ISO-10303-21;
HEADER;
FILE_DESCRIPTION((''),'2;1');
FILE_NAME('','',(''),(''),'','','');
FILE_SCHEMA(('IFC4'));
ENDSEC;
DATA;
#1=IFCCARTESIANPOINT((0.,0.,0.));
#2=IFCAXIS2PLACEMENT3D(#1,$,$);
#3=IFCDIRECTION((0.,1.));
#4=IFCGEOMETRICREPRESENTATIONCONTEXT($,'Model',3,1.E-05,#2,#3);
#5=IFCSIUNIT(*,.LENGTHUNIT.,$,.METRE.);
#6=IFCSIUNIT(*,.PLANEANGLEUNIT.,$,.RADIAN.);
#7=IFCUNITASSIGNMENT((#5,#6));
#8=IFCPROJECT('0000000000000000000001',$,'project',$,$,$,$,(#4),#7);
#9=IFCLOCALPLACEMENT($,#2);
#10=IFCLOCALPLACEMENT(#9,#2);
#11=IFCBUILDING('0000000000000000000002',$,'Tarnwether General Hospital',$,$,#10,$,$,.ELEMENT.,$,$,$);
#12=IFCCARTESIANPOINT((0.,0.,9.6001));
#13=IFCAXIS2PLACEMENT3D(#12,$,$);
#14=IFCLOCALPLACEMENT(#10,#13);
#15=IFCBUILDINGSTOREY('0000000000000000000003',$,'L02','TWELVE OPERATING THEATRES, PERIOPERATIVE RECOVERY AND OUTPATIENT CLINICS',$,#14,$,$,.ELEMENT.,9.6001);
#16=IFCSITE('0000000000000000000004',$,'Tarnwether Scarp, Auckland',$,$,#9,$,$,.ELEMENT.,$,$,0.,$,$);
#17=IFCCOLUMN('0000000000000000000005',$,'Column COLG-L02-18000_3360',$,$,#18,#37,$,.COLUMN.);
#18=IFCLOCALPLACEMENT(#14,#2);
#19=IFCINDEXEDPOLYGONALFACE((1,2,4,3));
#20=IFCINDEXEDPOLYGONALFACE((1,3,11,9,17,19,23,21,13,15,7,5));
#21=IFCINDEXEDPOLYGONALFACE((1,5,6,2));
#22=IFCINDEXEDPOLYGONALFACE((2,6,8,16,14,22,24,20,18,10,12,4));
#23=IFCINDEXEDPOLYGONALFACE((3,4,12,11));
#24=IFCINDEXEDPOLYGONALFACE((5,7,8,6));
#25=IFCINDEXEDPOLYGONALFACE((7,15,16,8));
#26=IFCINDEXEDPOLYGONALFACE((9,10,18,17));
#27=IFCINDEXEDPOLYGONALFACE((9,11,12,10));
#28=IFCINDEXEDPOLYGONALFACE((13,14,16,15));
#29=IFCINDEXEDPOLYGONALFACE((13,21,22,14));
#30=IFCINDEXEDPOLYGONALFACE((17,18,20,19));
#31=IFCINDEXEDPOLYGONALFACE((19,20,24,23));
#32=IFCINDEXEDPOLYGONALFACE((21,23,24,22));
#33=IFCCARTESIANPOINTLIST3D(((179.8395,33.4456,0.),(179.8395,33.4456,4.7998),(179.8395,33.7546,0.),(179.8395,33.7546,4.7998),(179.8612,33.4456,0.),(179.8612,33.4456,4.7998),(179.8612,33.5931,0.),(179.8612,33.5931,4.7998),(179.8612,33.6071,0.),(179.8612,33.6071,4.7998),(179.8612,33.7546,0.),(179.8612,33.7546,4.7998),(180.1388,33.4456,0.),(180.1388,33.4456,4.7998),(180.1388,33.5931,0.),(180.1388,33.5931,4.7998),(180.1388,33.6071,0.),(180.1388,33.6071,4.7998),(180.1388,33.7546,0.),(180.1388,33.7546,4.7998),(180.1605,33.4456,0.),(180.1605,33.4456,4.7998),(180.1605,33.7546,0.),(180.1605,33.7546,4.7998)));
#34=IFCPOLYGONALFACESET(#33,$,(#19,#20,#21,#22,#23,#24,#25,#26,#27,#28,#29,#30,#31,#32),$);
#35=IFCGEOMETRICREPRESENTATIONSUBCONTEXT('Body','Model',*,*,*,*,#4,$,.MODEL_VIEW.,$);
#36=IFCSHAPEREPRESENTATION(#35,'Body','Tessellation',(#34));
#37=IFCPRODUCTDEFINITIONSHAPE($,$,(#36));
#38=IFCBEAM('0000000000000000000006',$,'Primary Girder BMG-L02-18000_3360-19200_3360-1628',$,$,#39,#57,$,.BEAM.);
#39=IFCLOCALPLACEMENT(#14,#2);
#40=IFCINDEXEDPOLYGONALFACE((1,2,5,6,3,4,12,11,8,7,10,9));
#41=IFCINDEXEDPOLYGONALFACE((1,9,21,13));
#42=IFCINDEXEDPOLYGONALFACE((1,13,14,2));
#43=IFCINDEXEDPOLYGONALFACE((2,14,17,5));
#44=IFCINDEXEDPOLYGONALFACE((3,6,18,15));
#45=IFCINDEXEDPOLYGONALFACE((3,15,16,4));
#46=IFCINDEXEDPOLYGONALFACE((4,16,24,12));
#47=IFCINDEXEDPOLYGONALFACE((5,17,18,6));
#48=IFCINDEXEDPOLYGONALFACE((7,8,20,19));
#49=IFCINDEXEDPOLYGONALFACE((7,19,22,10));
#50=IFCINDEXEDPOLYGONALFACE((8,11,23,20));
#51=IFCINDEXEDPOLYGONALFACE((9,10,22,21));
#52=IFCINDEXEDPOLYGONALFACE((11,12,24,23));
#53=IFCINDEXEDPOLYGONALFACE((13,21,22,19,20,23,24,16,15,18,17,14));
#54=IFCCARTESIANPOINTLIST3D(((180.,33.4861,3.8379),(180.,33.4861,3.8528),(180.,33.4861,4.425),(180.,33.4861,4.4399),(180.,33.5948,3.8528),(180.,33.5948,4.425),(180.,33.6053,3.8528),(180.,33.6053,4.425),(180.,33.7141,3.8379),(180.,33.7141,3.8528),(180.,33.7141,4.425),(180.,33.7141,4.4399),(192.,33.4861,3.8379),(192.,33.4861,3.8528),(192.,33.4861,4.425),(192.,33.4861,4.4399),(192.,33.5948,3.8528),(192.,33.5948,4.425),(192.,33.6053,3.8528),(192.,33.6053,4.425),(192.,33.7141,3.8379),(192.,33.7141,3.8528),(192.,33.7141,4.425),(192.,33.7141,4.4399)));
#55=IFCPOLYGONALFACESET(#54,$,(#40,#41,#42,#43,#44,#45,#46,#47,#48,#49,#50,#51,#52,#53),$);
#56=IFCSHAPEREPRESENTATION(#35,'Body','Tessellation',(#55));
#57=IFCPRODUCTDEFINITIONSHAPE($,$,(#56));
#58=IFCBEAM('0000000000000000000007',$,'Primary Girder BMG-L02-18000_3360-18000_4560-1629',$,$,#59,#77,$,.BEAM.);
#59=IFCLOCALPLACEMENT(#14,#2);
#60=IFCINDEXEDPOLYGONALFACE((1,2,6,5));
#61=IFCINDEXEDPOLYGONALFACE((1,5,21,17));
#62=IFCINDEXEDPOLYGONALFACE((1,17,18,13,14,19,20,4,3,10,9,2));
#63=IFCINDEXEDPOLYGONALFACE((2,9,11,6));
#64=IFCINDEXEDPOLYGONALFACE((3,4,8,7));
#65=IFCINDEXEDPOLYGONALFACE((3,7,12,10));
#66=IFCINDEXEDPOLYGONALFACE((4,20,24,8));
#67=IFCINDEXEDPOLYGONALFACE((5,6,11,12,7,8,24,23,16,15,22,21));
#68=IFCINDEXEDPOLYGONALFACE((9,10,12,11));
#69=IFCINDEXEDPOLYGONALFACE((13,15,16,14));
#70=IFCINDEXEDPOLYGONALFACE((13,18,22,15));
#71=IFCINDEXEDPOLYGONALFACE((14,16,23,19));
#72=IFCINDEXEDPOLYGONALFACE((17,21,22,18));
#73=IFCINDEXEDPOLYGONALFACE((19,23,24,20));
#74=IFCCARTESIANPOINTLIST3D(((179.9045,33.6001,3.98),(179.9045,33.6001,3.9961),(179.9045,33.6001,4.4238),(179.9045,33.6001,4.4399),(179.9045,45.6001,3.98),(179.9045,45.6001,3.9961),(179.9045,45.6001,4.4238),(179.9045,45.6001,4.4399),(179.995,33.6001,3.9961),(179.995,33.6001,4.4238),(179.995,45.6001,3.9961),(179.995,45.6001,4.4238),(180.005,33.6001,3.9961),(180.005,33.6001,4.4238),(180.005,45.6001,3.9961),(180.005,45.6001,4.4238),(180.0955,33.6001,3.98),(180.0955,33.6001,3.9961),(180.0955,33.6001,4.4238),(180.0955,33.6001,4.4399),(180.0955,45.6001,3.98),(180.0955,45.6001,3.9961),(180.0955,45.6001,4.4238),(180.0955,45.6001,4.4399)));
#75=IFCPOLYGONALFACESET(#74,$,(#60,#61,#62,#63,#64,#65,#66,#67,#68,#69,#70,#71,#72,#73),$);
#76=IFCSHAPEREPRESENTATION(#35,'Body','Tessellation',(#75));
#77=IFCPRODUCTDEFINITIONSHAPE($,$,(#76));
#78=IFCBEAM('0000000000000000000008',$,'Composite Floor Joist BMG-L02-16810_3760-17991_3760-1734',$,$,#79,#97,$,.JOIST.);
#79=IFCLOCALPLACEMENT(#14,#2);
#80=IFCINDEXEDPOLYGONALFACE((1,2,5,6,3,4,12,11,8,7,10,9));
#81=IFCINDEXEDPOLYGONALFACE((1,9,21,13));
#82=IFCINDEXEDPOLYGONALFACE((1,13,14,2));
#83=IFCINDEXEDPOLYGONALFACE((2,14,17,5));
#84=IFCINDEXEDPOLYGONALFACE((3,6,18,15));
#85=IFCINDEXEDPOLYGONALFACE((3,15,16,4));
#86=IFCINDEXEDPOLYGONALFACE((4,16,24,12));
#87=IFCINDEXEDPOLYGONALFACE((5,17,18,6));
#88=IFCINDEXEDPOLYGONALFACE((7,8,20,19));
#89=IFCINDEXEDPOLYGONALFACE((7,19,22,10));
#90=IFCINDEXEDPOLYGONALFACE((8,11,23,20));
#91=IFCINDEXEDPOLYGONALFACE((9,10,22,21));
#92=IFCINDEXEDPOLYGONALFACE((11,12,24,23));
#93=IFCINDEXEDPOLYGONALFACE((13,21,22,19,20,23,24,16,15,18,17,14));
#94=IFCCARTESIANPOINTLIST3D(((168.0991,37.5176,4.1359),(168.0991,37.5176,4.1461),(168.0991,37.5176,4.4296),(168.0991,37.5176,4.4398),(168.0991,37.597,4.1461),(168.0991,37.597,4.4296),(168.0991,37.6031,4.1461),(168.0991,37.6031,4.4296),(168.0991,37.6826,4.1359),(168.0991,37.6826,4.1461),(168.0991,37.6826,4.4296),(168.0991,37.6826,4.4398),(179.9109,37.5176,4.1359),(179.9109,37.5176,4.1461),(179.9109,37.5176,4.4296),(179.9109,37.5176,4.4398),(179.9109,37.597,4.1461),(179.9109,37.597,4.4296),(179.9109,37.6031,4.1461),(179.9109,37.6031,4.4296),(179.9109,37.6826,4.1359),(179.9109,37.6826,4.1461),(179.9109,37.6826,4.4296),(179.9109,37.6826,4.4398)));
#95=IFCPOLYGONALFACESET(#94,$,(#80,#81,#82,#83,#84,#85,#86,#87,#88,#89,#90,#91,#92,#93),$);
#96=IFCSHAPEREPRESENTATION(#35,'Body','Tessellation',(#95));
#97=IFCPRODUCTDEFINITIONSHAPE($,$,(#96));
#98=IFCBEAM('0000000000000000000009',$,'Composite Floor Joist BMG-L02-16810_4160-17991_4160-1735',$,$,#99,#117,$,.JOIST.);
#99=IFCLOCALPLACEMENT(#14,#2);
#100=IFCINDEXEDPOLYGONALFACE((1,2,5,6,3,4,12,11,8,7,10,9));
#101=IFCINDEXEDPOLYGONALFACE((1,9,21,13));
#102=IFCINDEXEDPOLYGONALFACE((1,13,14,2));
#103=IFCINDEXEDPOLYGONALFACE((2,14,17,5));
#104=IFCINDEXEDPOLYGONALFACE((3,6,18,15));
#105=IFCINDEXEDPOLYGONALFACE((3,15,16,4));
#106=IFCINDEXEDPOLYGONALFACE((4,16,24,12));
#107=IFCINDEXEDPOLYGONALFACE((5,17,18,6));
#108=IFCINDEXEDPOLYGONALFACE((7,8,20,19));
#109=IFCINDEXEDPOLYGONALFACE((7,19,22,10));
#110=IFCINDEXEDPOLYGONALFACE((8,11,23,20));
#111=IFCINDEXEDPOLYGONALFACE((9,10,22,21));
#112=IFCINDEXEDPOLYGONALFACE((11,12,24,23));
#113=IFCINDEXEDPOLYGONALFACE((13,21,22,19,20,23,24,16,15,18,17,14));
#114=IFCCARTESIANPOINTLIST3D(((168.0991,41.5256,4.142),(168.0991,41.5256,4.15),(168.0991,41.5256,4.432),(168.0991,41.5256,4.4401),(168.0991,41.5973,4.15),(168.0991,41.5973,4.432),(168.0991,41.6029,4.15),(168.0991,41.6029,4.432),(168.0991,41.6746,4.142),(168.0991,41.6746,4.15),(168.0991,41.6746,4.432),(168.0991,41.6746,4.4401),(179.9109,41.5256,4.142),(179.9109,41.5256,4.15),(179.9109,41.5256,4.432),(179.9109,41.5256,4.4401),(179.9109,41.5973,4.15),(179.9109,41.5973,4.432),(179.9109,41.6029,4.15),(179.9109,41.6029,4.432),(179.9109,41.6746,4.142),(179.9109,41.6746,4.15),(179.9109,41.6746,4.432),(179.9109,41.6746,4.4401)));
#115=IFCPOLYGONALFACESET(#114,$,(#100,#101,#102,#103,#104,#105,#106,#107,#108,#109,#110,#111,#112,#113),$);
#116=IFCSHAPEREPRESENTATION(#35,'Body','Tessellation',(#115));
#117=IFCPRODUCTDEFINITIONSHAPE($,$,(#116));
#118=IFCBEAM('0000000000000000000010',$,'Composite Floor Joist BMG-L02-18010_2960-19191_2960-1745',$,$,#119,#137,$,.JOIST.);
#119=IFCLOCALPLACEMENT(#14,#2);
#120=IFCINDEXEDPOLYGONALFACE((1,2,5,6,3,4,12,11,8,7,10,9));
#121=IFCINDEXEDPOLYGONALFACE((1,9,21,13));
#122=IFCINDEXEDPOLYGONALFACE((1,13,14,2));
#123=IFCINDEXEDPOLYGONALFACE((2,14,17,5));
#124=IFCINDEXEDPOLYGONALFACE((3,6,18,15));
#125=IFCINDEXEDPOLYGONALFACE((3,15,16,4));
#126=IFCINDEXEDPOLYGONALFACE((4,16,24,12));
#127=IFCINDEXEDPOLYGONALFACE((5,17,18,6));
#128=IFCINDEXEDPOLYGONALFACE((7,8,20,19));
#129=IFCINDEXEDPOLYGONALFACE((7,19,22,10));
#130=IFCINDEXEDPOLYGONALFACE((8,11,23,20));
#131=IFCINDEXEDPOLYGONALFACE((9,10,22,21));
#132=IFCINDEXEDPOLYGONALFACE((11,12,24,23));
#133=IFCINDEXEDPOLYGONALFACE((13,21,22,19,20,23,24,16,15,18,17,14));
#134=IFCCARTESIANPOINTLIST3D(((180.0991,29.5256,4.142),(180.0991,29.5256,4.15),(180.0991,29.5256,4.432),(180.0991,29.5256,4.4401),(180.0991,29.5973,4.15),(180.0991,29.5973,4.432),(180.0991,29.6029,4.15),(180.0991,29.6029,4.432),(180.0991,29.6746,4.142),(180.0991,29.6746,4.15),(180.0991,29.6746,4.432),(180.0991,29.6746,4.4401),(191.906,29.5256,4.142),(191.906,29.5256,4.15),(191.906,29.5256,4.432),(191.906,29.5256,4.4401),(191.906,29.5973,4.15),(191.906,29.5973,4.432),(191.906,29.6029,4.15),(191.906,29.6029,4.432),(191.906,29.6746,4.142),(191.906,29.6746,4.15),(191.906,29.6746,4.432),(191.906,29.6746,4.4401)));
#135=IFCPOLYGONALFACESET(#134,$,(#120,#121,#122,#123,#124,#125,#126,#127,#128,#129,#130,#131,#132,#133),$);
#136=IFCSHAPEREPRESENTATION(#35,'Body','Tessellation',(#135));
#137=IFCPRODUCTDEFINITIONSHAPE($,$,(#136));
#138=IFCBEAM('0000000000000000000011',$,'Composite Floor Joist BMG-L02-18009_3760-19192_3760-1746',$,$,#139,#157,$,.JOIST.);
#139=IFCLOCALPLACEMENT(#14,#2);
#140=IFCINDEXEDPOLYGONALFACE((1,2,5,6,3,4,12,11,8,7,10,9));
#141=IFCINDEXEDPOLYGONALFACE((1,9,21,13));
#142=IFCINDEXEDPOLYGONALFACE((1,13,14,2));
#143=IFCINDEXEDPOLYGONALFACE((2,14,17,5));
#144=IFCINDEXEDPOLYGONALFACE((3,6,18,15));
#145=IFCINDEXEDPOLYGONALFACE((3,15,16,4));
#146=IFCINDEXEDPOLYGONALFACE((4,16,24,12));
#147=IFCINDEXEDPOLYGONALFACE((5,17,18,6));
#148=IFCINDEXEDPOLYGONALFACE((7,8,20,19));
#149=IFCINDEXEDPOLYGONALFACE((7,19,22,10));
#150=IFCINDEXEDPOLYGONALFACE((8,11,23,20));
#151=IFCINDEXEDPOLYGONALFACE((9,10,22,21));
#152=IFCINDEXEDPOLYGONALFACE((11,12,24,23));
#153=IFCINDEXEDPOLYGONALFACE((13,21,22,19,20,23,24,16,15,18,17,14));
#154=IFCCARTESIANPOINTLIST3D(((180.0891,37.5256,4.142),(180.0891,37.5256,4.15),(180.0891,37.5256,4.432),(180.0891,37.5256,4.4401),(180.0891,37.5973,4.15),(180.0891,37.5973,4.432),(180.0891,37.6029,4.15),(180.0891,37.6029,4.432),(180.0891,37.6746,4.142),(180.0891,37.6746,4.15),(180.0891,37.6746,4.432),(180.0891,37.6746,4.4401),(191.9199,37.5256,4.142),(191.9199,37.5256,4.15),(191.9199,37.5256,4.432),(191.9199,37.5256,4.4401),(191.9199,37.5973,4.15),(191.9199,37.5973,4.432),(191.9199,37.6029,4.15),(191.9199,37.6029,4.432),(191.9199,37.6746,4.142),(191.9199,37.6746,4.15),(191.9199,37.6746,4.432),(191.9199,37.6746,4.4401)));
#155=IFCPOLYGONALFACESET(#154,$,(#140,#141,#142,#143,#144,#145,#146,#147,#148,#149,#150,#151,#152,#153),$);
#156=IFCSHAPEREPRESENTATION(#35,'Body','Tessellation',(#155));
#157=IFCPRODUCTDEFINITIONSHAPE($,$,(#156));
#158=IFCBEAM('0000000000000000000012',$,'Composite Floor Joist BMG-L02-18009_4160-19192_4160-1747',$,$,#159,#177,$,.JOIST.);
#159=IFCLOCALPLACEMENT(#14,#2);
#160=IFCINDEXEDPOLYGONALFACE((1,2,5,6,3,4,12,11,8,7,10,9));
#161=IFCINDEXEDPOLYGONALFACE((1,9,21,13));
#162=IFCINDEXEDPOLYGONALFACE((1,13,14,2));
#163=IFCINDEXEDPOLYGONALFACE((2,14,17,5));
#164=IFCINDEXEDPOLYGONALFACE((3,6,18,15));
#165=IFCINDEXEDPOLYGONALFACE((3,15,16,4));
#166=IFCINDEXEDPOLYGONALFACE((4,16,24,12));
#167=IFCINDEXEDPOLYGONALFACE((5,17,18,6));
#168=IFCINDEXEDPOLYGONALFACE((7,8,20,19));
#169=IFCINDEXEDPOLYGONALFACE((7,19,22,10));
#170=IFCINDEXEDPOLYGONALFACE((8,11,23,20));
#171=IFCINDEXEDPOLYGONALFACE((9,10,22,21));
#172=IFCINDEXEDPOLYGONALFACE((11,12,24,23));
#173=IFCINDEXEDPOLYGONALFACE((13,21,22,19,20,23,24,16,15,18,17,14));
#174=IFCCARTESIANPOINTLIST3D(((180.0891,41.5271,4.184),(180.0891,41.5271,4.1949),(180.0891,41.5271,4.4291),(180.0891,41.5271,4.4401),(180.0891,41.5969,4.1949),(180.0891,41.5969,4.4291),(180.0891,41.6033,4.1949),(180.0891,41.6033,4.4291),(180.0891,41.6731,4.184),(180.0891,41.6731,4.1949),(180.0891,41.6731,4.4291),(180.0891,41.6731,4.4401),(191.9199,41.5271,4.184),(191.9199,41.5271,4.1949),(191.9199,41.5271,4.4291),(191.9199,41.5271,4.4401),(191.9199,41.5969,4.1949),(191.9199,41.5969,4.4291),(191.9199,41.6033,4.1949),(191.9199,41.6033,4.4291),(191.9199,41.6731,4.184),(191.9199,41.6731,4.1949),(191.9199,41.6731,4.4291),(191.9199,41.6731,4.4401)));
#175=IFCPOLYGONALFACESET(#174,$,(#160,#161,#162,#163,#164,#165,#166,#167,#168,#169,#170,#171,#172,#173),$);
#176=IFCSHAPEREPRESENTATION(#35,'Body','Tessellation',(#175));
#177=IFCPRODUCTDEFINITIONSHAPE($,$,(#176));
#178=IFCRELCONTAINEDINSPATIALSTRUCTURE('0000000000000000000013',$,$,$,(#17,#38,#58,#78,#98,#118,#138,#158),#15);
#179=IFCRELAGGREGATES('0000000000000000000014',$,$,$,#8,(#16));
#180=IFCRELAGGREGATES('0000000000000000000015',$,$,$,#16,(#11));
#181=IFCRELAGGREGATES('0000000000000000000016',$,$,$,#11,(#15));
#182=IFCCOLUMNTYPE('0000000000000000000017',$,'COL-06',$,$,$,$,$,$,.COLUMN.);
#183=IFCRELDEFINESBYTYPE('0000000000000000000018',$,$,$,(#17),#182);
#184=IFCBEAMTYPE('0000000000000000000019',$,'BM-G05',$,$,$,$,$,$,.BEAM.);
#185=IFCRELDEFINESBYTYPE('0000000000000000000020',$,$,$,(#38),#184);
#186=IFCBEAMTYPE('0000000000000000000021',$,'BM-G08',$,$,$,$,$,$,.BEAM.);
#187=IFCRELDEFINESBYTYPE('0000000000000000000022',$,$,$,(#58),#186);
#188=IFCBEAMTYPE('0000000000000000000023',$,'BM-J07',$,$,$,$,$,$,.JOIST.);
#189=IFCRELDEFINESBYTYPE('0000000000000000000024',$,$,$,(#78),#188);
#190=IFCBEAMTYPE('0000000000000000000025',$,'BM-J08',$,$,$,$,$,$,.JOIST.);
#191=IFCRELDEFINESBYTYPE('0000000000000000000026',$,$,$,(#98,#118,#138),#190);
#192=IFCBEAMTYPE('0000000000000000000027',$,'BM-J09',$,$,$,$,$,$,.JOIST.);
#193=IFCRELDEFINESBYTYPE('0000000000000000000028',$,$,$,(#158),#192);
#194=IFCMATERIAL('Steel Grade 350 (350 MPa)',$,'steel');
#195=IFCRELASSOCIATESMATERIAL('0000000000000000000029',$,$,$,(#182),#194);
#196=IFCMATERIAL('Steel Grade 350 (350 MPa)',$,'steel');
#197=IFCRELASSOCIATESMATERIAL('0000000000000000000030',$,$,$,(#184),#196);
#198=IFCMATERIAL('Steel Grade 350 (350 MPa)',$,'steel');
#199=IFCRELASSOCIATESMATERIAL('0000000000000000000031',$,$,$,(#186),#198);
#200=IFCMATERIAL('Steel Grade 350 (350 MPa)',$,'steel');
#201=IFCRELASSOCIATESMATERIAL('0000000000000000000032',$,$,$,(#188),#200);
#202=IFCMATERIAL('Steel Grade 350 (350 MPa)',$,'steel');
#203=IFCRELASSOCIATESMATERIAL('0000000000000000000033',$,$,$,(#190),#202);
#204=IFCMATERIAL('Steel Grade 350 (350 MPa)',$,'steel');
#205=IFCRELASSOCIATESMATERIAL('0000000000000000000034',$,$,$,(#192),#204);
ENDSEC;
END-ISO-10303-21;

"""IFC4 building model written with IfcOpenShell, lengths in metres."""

from ifc_helpers import new_model, si_unit, direction, frame, origin, origin_2d, place, context, subcontext, project, spatial, i_section, extrude, material, material_profile, profile_set, type_object, element, save


model = new_model("IFC4")

# Units and contexts
model_context = context("Model", 3, precision=1e-05, world=origin(), true_north=direction((0.0, 1.0)))
body_context = subcontext(model_context, "Body", "Model", "MODEL_VIEW")
ifc_project = project(units=[si_unit("LENGTHUNIT", "METRE"), si_unit("PLANEANGLEUNIT", "RADIAN")], contexts=[model_context])

# Site, building, storey
site_placement = place(None, origin())
site = spatial("IfcSite", under=ifc_project, at=site_placement, Name="Tarnwether Scarp, Auckland", CompositionType="ELEMENT", RefElevation=0.0)
building_placement = place(site_placement, origin())
building = spatial("IfcBuilding", under=site, at=building_placement, Name="Tarnwether General Hospital", CompositionType="ELEMENT")
storey_placement = place(building_placement, frame((0.0, 0.0, 9.6001)))
storey = spatial("IfcBuildingStorey", under=building, at=storey_placement, Name="L02", Description="TWELVE OPERATING THEATRES, PERIOPERATIVE RECOVERY AND OUTPATIENT CLINICS", CompositionType="ELEMENT", Elevation=9.6001)

# Column
ifc_material_1 = material(Name="Steel Grade 350 (350 MPa)", Category="steel")
ifc_material_profile_1 = material_profile(ifc_material_1, i_section(OverallWidth=0.3091, OverallDepth=0.321, WebThickness=0.0139, FlangeThickness=0.0217, at=origin_2d()), Name="310UC137")
ifc_profile_set_1 = profile_set([ifc_material_profile_1], Name="Steel Grade 350 (350 MPa)")
column_type = type_object("IfcColumnType", Name="COL-06", PredefinedType="COLUMN", material=ifc_profile_set_1)
column_placement = place(storey_placement, frame((180.0, 33.6001, 0.0), z_axis=(0.0, 0.0, 1.0), x_axis=(0.0, 1.0, 0.0)))
element("IfcColumn", 1, at=column_placement, inside=storey, type_object=column_type, Name="Column COLG-L02-18000_3360", PredefinedType="COLUMN", context=body_context, shape_type="SweptSolid", body=[
    extrude(i_section(OverallWidth=0.3091, OverallDepth=0.321, WebThickness=0.0139, FlangeThickness=0.0217, at=origin_2d()), origin(), (0.0, 0.0, 1.0), 4.7998),
])

# Beams
ifc_material_2 = material(Name="Steel Grade 350 (350 MPa)", Category="steel")
ifc_material_profile_2 = material_profile(ifc_material_2, i_section(OverallWidth=0.228, OverallDepth=0.6021, WebThickness=0.0105, FlangeThickness=0.0149, at=origin_2d()), Name="610UB101")
ifc_profile_set_2 = profile_set([ifc_material_profile_2], Name="Steel Grade 350 (350 MPa)")
beam_type_1 = type_object("IfcBeamType", Name="BM-G05", PredefinedType="BEAM", material=ifc_profile_set_2)
beam_1_placement = place(storey_placement, frame((180.0, 33.6001, 4.1389), z_axis=(1.0, 0.0, 0.0), x_axis=(0.0, 1.0, 0.0)))
element("IfcBeam", 2, at=beam_1_placement, inside=storey, type_object=beam_type_1, Name="Primary Girder BMG-L02-18000_3360-19200_3360-1628", PredefinedType="BEAM", context=body_context, shape_type="SweptSolid", body=[
    extrude(i_section(OverallWidth=0.228, OverallDepth=0.6021, WebThickness=0.0105, FlangeThickness=0.0149, at=origin_2d()), origin(), (0.0, 0.0, 1.0), 12.0),
])
ifc_material_3 = material(Name="Steel Grade 350 (350 MPa)", Category="steel")
ifc_material_profile_3 = material_profile(ifc_material_3, i_section(OverallWidth=0.1909, OverallDepth=0.46, WebThickness=0.01, FlangeThickness=0.0161, at=origin_2d()), Name="460UB82.1")
ifc_profile_set_3 = profile_set([ifc_material_profile_3], Name="Steel Grade 350 (350 MPa)")
beam_type_2 = type_object("IfcBeamType", Name="BM-G08", PredefinedType="BEAM", material=ifc_profile_set_3)
beam_2_placement = place(storey_placement, frame((180.0, 33.6001, 4.21), z_axis=(0.0, 1.0, 0.0), x_axis=(-1.0, 0.0, 0.0)))
element("IfcBeam", 3, at=beam_2_placement, inside=storey, type_object=beam_type_2, Name="Primary Girder BMG-L02-18000_3360-18000_4560-1629", PredefinedType="BEAM", context=body_context, shape_type="SweptSolid", body=[
    extrude(i_section(OverallWidth=0.1909, OverallDepth=0.46, WebThickness=0.01, FlangeThickness=0.0161, at=origin_2d()), origin(), (0.0, 0.0, 1.0), 12.0),
])
ifc_material_4 = material(Name="Steel Grade 350 (350 MPa)", Category="steel")
ifc_material_profile_4 = material_profile(ifc_material_4, i_section(OverallWidth=0.165, OverallDepth=0.304, WebThickness=0.0061, FlangeThickness=0.0103, at=origin_2d()), Name="310UB40.4")
ifc_profile_set_4 = profile_set([ifc_material_profile_4], Name="Steel Grade 350 (350 MPa)")
beam_type_3 = type_object("IfcBeamType", Name="BM-J07", PredefinedType="JOIST", material=ifc_profile_set_4)
beam_3_placement = place(storey_placement, frame((168.0991, 37.6001, 4.2878), z_axis=(1.0, 0.0, 0.0), x_axis=(0.0, 1.0, 0.0)))
element("IfcBeam", 4, at=beam_3_placement, inside=storey, type_object=beam_type_3, Name="Composite Floor Joist BMG-L02-16810_3760-17991_3760-1734", PredefinedType="JOIST", context=body_context, shape_type="SweptSolid", body=[
    extrude(i_section(OverallWidth=0.165, OverallDepth=0.304, WebThickness=0.0061, FlangeThickness=0.0103, at=origin_2d()), origin(), (0.0, 0.0, 1.0), 11.8118),
])
ifc_material_5 = material(Name="Steel Grade 350 (350 MPa)", Category="steel")
ifc_material_profile_5 = material_profile(ifc_material_5, i_section(OverallWidth=0.1489, OverallDepth=0.2981, WebThickness=0.0056, FlangeThickness=0.0081, at=origin_2d()), Name="310UB32.0")
ifc_profile_set_5 = profile_set([ifc_material_profile_5], Name="Steel Grade 350 (350 MPa)")
beam_type_4 = type_object("IfcBeamType", Name="BM-J08", PredefinedType="JOIST", material=ifc_profile_set_5)
beam_4_placement = place(storey_placement, frame((168.0991, 41.6001, 4.291), z_axis=(1.0, 0.0, 0.0), x_axis=(0.0, 1.0, 0.0)))
element("IfcBeam", 5, at=beam_4_placement, inside=storey, type_object=beam_type_4, Name="Composite Floor Joist BMG-L02-16810_4160-17991_4160-1735", PredefinedType="JOIST", context=body_context, shape_type="SweptSolid", body=[
    extrude(i_section(OverallWidth=0.1489, OverallDepth=0.2981, WebThickness=0.0056, FlangeThickness=0.0081, at=origin_2d()), origin(), (0.0, 0.0, 1.0), 11.8118),
])
beam_5_placement = place(storey_placement, frame((180.0991, 29.6001, 4.291), z_axis=(1.0, 0.0, 0.0), x_axis=(0.0, 1.0, 0.0)))
element("IfcBeam", 6, at=beam_5_placement, inside=storey, type_object=beam_type_4, Name="Composite Floor Joist BMG-L02-18010_2960-19191_2960-1745", PredefinedType="JOIST", context=body_context, shape_type="SweptSolid", body=[
    extrude(i_section(OverallWidth=0.1489, OverallDepth=0.2981, WebThickness=0.0056, FlangeThickness=0.0081, at=origin_2d()), origin(), (0.0, 0.0, 1.0), 11.8069),
])
beam_6_placement = place(storey_placement, frame((180.0891, 37.6001, 4.291), z_axis=(1.0, 0.0, 0.0), x_axis=(0.0, 1.0, 0.0)))
element("IfcBeam", 7, at=beam_6_placement, inside=storey, type_object=beam_type_4, Name="Composite Floor Joist BMG-L02-18009_3760-19192_3760-1746", PredefinedType="JOIST", context=body_context, shape_type="SweptSolid", body=[
    extrude(i_section(OverallWidth=0.1489, OverallDepth=0.2981, WebThickness=0.0056, FlangeThickness=0.0081, at=origin_2d()), origin(), (0.0, 0.0, 1.0), 11.8308),
])
ifc_material_6 = material(Name="Steel Grade 350 (350 MPa)", Category="steel")
ifc_material_profile_6 = material_profile(ifc_material_6, i_section(OverallWidth=0.146, OverallDepth=0.2561, WebThickness=0.0063, FlangeThickness=0.011, at=origin_2d()), Name="250UB37.3")
ifc_profile_set_6 = profile_set([ifc_material_profile_6], Name="Steel Grade 350 (350 MPa)")
beam_type_5 = type_object("IfcBeamType", Name="BM-J09", PredefinedType="JOIST", material=ifc_profile_set_6)
beam_7_placement = place(storey_placement, frame((180.0891, 41.6001, 4.312), z_axis=(1.0, 0.0, 0.0), x_axis=(0.0, 1.0, 0.0)))
element("IfcBeam", 8, at=beam_7_placement, inside=storey, type_object=beam_type_5, Name="Composite Floor Joist BMG-L02-18009_4160-19192_4160-1747", PredefinedType="JOIST", context=body_context, shape_type="SweptSolid", body=[
    extrude(i_section(OverallWidth=0.146, OverallDepth=0.2561, WebThickness=0.0063, FlangeThickness=0.011, at=origin_2d()), origin(), (0.0, 0.0, 1.0), 11.8308),
])

save(model, "model.ifc")
